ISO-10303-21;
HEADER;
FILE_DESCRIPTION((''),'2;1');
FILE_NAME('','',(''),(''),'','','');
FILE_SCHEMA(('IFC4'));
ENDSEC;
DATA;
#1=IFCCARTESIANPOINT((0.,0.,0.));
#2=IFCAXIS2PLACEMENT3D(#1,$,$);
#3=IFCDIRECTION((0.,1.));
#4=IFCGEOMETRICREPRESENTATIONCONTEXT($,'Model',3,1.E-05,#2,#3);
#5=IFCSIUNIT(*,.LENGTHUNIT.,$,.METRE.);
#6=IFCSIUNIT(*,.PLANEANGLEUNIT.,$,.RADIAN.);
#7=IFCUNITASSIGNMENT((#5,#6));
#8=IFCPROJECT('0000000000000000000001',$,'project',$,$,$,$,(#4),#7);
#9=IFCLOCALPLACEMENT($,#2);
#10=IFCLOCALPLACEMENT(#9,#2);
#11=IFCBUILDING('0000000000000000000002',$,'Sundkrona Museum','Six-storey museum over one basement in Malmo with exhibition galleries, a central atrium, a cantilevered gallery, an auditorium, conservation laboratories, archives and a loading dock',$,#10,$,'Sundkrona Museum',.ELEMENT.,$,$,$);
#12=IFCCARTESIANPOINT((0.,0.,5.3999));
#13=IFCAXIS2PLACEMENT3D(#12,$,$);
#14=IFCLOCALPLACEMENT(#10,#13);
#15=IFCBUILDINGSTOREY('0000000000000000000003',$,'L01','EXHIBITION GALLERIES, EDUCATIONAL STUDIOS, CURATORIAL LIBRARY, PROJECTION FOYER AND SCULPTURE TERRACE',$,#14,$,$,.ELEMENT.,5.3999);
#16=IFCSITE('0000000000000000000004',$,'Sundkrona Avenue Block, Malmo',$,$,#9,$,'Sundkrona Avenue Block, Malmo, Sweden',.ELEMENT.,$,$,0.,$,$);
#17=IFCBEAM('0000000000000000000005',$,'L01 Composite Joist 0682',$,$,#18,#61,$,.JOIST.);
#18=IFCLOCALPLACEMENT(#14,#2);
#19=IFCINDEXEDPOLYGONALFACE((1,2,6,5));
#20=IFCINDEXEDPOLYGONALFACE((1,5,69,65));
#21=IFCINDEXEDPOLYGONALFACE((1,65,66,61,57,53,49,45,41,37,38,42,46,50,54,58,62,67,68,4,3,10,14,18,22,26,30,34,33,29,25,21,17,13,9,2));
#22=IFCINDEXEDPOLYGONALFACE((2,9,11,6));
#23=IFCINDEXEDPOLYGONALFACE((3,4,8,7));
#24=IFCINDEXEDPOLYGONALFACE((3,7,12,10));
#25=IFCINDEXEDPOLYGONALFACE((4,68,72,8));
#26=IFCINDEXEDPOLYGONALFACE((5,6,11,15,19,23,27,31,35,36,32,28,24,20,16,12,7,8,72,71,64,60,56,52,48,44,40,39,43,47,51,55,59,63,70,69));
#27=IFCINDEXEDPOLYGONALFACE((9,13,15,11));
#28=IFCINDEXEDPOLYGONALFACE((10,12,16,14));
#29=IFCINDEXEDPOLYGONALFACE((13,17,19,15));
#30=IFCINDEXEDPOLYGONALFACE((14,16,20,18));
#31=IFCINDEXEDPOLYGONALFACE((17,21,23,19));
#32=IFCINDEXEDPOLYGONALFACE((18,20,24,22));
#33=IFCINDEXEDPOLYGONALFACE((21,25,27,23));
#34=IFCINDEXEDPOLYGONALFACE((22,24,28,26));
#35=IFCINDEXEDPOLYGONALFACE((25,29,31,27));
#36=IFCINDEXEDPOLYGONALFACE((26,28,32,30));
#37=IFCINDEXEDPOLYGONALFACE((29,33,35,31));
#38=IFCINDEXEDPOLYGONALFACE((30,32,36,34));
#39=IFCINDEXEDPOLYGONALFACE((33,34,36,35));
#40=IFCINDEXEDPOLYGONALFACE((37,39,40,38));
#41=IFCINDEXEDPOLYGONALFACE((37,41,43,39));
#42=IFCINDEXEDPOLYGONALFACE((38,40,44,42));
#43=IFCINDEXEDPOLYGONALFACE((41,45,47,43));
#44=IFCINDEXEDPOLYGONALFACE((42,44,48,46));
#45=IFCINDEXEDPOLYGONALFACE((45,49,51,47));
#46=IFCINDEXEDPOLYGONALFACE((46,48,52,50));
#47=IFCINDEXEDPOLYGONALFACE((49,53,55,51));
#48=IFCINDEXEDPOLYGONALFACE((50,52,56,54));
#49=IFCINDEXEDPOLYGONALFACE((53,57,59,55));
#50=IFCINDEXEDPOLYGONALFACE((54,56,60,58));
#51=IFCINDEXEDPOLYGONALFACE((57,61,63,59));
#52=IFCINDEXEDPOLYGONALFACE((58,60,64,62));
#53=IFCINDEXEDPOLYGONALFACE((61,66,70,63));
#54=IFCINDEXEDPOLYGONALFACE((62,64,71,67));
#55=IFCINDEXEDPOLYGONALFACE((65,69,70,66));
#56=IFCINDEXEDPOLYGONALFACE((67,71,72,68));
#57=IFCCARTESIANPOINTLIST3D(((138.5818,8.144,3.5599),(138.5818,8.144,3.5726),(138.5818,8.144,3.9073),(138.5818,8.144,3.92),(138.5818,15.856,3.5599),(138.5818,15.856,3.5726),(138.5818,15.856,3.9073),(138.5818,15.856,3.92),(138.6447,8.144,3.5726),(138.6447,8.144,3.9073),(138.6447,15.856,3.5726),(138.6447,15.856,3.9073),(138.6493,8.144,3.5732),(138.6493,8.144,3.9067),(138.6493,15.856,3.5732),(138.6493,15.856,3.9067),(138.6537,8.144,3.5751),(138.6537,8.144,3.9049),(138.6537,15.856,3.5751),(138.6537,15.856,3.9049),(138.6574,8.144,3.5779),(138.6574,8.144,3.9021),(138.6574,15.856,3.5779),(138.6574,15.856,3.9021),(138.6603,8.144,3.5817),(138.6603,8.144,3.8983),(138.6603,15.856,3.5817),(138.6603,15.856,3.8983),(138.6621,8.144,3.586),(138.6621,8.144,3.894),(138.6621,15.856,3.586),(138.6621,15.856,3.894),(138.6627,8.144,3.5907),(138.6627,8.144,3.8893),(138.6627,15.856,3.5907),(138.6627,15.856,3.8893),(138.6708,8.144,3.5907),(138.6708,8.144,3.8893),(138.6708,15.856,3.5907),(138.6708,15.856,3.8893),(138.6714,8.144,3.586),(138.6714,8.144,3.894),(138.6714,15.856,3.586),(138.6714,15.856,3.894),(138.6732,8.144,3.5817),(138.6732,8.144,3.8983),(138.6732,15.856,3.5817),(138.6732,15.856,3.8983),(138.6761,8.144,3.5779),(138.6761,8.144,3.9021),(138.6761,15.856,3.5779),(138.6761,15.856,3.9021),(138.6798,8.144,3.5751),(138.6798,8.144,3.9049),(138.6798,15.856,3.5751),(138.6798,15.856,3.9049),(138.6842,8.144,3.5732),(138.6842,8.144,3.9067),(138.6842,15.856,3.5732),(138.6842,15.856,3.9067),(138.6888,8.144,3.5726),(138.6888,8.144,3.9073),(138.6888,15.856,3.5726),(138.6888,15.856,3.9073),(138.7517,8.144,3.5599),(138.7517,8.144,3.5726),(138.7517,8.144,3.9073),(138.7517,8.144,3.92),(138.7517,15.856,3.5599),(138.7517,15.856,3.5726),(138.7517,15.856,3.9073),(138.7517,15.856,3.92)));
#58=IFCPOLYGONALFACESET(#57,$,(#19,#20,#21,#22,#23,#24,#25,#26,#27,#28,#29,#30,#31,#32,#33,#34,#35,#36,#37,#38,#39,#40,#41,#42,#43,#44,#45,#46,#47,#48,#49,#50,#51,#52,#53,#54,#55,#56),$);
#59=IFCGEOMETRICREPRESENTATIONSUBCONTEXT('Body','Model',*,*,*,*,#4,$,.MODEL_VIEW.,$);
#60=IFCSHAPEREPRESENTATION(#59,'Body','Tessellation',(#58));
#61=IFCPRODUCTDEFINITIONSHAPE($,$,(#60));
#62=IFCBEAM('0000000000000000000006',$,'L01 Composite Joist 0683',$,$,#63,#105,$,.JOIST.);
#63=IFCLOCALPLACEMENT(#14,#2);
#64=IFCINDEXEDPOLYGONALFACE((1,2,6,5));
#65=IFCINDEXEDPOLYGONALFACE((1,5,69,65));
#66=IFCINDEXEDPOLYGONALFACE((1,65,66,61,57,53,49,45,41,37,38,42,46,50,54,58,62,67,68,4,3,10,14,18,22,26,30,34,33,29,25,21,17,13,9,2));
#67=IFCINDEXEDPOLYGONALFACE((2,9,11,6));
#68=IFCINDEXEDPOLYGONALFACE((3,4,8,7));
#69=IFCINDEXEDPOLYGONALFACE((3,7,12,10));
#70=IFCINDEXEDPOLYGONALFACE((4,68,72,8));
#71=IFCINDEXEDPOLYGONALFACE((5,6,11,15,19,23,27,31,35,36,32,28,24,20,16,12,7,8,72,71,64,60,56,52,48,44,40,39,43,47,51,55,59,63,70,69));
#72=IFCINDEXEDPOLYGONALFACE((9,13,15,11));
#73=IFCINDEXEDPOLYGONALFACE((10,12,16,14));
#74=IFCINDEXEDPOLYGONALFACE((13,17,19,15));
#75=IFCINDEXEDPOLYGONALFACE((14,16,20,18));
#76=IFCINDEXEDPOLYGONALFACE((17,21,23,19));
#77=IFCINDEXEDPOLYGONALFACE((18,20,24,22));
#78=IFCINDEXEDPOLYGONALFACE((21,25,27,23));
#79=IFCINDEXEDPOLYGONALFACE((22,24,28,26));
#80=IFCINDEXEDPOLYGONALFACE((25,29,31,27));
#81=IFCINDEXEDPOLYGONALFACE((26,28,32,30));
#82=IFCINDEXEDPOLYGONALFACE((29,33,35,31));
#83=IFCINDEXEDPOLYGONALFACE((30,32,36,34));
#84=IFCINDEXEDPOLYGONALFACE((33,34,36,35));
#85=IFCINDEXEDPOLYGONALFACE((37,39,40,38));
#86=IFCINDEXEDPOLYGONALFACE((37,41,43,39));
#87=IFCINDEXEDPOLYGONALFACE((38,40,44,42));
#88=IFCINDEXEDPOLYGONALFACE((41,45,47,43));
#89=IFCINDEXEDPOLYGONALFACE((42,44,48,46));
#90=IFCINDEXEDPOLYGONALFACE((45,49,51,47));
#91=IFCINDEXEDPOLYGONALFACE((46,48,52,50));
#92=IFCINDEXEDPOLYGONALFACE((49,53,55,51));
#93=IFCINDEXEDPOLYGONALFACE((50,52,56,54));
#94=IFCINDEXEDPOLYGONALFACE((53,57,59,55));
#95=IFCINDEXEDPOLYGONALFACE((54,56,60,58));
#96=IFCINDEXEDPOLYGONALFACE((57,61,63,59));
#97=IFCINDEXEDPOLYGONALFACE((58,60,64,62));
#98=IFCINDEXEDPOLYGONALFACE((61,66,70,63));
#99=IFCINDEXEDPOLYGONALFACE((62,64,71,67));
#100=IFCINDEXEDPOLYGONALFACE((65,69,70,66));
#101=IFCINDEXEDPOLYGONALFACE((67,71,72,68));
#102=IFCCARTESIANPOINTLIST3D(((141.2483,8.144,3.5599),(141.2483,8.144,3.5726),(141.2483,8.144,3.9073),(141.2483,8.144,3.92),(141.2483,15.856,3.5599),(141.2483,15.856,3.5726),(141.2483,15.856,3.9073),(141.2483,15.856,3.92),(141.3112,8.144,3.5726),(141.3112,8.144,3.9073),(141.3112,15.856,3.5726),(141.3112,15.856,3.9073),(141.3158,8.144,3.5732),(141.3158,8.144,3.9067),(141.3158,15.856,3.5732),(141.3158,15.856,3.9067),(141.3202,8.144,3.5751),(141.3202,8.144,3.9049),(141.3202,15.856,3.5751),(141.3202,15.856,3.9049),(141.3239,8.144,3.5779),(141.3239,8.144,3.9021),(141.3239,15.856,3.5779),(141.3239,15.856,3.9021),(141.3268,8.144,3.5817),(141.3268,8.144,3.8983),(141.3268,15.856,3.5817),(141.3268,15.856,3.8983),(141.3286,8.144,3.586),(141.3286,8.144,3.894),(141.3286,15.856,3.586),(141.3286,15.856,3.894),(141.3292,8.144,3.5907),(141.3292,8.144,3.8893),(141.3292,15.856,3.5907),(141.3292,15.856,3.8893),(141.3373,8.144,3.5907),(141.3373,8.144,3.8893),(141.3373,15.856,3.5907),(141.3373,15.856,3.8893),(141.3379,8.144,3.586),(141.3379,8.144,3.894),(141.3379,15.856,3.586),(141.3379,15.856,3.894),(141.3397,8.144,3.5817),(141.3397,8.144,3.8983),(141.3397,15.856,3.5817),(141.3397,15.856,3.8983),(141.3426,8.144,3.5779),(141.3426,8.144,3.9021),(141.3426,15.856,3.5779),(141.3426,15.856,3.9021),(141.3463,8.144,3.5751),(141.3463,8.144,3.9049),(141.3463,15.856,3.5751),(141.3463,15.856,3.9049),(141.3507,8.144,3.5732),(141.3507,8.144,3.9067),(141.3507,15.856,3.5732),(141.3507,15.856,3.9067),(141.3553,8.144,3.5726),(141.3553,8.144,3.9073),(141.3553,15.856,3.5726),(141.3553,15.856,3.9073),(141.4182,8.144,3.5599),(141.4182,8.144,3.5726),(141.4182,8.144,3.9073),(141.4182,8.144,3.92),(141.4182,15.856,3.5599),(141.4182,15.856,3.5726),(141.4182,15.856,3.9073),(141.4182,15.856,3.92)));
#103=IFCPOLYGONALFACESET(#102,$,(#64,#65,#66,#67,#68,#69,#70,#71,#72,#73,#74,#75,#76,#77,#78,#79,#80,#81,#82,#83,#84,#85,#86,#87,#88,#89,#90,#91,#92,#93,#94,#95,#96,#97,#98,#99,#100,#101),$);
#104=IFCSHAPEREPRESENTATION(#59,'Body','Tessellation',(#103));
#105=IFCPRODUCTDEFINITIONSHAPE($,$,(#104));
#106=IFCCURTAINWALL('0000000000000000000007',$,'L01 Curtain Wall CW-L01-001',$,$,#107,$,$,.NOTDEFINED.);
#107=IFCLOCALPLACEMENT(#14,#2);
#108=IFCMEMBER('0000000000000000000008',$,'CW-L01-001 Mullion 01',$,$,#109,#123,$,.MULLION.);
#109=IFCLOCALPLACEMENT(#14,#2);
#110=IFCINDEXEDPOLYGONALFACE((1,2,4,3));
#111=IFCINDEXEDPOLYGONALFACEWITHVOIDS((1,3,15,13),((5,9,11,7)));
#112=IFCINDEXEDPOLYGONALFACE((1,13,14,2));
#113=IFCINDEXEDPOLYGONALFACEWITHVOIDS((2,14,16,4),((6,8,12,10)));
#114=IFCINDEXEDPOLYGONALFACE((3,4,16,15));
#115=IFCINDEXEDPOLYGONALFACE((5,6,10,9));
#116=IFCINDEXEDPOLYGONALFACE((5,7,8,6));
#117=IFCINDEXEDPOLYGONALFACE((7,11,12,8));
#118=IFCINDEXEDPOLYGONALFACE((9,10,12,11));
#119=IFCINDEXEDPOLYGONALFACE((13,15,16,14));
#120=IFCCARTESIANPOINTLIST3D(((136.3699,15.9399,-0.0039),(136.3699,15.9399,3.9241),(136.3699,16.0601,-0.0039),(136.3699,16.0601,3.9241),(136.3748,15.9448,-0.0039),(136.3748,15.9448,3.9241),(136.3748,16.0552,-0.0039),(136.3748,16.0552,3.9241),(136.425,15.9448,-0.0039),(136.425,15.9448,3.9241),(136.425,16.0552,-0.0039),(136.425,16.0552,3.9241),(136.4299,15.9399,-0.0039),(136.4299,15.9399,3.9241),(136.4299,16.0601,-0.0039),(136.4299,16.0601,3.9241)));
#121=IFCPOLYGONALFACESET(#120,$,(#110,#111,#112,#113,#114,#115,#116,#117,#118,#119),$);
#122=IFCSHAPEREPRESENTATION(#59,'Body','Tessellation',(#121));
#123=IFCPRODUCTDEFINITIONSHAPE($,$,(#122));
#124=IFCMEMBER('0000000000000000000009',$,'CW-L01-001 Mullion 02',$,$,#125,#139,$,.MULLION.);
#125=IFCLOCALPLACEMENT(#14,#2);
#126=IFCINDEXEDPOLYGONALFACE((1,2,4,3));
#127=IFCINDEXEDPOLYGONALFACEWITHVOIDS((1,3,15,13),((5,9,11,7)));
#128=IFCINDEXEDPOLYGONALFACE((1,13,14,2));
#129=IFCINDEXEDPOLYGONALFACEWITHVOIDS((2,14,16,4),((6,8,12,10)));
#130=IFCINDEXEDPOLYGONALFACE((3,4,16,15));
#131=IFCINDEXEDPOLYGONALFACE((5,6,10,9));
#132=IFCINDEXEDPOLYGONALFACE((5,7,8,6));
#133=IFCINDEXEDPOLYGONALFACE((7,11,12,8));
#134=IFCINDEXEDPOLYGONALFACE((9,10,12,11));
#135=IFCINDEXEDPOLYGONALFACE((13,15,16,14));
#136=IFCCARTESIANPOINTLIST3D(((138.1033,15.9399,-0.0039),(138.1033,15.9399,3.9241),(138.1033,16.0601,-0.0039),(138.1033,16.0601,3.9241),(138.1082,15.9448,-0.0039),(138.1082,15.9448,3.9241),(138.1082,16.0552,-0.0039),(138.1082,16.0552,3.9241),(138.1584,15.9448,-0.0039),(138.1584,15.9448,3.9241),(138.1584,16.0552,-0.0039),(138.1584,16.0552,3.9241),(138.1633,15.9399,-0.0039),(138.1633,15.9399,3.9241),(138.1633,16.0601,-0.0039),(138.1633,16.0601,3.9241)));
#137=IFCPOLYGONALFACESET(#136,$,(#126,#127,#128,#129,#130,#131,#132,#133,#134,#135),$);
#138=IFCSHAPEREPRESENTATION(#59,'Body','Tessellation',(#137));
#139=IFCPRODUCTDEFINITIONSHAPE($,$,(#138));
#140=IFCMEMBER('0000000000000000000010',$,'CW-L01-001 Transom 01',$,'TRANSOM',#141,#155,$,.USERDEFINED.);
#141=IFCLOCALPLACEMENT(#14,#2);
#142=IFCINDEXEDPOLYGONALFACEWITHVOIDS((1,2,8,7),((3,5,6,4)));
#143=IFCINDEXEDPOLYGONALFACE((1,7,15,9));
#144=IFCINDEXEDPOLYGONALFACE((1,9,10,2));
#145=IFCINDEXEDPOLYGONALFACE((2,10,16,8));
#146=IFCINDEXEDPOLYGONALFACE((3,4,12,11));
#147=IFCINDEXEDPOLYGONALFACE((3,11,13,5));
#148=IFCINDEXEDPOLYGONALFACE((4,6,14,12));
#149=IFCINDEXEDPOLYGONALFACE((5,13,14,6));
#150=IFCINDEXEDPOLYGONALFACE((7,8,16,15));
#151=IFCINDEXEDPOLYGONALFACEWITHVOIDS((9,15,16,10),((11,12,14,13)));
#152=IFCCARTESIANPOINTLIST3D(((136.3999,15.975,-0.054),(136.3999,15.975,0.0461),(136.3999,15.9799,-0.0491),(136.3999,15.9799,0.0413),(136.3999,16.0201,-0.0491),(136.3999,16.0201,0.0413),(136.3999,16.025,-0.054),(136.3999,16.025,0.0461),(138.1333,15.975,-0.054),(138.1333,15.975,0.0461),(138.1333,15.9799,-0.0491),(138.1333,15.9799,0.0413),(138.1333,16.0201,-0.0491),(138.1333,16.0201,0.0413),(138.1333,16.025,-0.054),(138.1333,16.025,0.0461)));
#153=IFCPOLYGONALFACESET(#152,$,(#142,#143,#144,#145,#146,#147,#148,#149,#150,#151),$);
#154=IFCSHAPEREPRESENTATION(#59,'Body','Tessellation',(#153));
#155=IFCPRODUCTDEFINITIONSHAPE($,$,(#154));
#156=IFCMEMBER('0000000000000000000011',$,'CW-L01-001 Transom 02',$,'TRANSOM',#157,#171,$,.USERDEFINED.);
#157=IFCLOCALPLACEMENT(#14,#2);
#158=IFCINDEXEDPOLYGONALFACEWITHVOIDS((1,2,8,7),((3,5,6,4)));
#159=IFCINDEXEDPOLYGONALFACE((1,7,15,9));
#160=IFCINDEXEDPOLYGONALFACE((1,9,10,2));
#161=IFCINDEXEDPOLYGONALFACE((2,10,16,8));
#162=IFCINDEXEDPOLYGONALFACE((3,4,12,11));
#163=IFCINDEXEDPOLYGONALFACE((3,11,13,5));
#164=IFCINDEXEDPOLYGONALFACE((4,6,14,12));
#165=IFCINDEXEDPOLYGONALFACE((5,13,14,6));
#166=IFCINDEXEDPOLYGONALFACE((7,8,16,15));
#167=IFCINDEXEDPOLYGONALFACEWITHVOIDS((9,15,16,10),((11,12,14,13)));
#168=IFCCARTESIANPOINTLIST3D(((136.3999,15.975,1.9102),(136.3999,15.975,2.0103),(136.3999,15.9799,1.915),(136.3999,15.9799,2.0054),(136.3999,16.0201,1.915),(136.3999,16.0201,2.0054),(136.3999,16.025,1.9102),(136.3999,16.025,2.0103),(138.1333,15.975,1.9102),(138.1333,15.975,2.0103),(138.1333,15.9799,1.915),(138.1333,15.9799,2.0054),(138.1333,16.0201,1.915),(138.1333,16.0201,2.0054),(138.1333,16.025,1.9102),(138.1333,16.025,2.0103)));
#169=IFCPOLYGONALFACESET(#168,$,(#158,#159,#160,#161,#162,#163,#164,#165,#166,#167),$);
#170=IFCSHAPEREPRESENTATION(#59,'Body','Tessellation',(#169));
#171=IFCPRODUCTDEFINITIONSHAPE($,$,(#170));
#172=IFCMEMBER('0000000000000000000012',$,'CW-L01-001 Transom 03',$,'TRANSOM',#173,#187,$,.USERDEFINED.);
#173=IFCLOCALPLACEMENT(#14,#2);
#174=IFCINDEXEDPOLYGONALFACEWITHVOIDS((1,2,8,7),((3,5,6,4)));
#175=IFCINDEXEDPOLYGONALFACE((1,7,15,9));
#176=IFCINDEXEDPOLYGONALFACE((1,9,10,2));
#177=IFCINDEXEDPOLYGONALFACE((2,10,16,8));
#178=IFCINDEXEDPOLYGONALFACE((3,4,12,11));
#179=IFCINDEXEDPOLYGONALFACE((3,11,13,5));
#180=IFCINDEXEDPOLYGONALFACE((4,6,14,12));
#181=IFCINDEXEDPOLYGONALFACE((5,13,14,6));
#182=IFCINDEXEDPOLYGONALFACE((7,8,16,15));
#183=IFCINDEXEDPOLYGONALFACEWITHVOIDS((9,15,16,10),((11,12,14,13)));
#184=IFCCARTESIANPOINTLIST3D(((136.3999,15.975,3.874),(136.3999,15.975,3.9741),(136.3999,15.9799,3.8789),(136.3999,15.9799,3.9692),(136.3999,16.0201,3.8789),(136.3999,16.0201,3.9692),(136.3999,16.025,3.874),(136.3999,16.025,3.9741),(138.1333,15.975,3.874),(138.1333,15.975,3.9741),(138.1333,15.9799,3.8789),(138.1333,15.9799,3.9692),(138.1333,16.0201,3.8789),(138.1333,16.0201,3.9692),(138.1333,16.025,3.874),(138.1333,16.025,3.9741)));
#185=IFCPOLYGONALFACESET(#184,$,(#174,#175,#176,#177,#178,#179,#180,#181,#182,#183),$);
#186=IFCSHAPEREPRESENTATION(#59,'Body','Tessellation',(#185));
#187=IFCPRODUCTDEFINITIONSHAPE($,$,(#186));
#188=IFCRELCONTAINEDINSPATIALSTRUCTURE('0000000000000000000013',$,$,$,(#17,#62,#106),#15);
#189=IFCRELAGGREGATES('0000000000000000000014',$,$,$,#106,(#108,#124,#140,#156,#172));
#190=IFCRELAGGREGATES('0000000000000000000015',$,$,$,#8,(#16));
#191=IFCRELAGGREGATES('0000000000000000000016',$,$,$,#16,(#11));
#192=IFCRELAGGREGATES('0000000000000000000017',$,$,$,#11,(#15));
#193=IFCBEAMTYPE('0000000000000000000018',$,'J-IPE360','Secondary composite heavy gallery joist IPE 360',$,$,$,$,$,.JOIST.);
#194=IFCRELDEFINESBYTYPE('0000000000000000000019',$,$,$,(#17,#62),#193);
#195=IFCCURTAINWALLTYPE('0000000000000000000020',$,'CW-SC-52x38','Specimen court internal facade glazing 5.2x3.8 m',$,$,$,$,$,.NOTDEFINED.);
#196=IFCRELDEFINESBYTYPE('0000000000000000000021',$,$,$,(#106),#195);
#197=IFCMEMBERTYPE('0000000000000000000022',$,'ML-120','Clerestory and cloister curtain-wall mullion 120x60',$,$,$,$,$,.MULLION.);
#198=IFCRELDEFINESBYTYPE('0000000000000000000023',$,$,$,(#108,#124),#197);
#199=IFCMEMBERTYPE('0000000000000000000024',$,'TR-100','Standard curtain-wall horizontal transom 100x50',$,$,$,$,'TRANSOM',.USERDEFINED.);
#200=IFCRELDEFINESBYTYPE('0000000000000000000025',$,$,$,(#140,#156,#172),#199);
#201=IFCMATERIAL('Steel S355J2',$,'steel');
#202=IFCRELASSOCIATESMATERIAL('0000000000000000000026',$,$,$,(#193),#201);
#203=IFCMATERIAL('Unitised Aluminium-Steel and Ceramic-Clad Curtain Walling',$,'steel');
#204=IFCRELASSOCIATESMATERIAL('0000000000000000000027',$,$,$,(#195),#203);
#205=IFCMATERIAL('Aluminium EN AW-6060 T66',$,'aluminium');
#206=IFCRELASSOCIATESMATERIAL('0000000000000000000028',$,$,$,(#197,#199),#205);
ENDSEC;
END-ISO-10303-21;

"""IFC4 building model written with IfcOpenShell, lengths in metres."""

from ifc_helpers import new_model, si_unit, direction, frame, origin, origin_2d, place, context, subcontext, project, spatial, hollow_rectangle, i_section, extrude, material, material_profile, profile_set, type_object, element, aggregate, save


model = new_model("IFC4")

# Units and contexts
model_context = context("Model", 3, precision=1e-05, world=origin(), true_north=direction((0.0, 1.0)))
body_context = subcontext(model_context, "Body", "Model", "MODEL_VIEW")
ifc_project = project(units=[si_unit("LENGTHUNIT", "METRE"), si_unit("PLANEANGLEUNIT", "RADIAN")], contexts=[model_context])

# Site, building, storey
site_placement = place(None, origin())
site = spatial("IfcSite", under=ifc_project, at=site_placement, Name="Sundkrona Avenue Block, Malmo", LongName="Sundkrona Avenue Block, Malmo, Sweden", CompositionType="ELEMENT", RefElevation=0.0)
building_placement = place(site_placement, origin())
building = spatial("IfcBuilding", under=site, at=building_placement, Name="Sundkrona Museum", Description="Six-storey museum over one basement in Malmo with exhibition galleries, a central atrium, a cantilevered gallery, an auditorium, conservation laboratories, archives and a loading dock", LongName="Sundkrona Museum", CompositionType="ELEMENT")
storey_placement = place(building_placement, frame((0.0, 0.0, 5.3999)))
storey = spatial("IfcBuildingStorey", under=building, at=storey_placement, Name="L01", Description="EXHIBITION GALLERIES, EDUCATIONAL STUDIOS, CURATORIAL LIBRARY, PROJECTION FOYER AND SCULPTURE TERRACE", CompositionType="ELEMENT", Elevation=5.3999)

# Shared definitions
ifc_material_1 = material(Name="Steel S355J2", Category="steel")

# Beams
ifc_material_profile_1 = material_profile(ifc_material_1, i_section(OverallWidth=0.1699, OverallDepth=0.3601, WebThickness=0.0081, FlangeThickness=0.0127, FilletRadius=0.0181, at=origin_2d()), Name="IPE 360")
ifc_profile_set_1 = profile_set([ifc_material_profile_1], Name="Steel S355J2")
beam_type_1 = type_object("IfcBeamType", Name="J-IPE360", Description="Secondary composite heavy gallery joist IPE 360", PredefinedType="JOIST", material=ifc_profile_set_1)
for number, where, z_axis, x_axis, name in (
    (1, (138.6667, 8.144, 3.74), (0.0, 1.0, 0.0), (-1.0, 0.0, 0.0), "L01 Composite Joist 0682"),
    (2, (141.3333, 8.144, 3.74), (0.0, 1.0, 0.0), (-1.0, 0.0, 0.0), "L01 Composite Joist 0683"),
):
    element("IfcBeam", number, at=place(storey_placement, frame(where, z_axis=z_axis, x_axis=x_axis)), inside=storey, type_object=beam_type_1, Name=name, PredefinedType="JOIST", context=body_context, shape_type="SweptSolid", body=[
        extrude(i_section(OverallWidth=0.1699, OverallDepth=0.3601, WebThickness=0.0081, FlangeThickness=0.0127, FilletRadius=0.0181, at=origin_2d()), origin(), (0.0, 0.0, 1.0), 7.7119),
    ])

# Curtain wall, members
ifc_material_2 = material(Name="Unitised Aluminium-Steel and Ceramic-Clad Curtain Walling", Category="steel")
curtain_wall_type = type_object("IfcCurtainWallType", Name="CW-SC-52x38", Description="Specimen court internal facade glazing 5.2x3.8 m", PredefinedType="NOTDEFINED", material=ifc_material_2)
curtain_wall_placement = place(storey_placement, origin())
curtain_wall = element("IfcCurtainWall", 3, at=curtain_wall_placement, inside=storey, type_object=curtain_wall_type, Name="L01 Curtain Wall CW-L01-001", PredefinedType="NOTDEFINED")
ifc_material_3 = material(Name="Aluminium EN AW-6060 T66", Category="aluminium")
ifc_material_profile_2 = material_profile(ifc_material_3, hollow_rectangle(XDim=0.0601, YDim=0.1201, WallThickness=0.0049, at=origin_2d()), Name="RHS 120x60x5.0")
ifc_profile_set_2 = profile_set([ifc_material_profile_2], Name="Aluminium EN AW-6060 T66")
member_type_1 = type_object("IfcMemberType", Name="ML-120", Description="Clerestory and cloister curtain-wall mullion 120x60", PredefinedType="MULLION", material=ifc_profile_set_2)
member_1_placement = place(storey_placement, frame((136.3999, 16.0, -0.0039), z_axis=(0.0, 0.0, 1.0), x_axis=(1.0, 0.0, 0.0)))
member_1 = element("IfcMember", 4, at=member_1_placement, type_object=member_type_1, Name="CW-L01-001 Mullion 01", PredefinedType="MULLION", context=body_context, shape_type="SweptSolid", body=[
    extrude(hollow_rectangle(XDim=0.0601, YDim=0.1201, WallThickness=0.0049, at=origin_2d()), origin(), (0.0, 0.0, 1.0), 3.928),
])
member_2_placement = place(storey_placement, frame((138.1333, 16.0, -0.0039), z_axis=(0.0, 0.0, 1.0), x_axis=(1.0, 0.0, 0.0)))
member_2 = element("IfcMember", 5, at=member_2_placement, type_object=member_type_1, Name="CW-L01-001 Mullion 02", PredefinedType="MULLION", context=body_context, shape_type="SweptSolid", body=[
    extrude(hollow_rectangle(XDim=0.0601, YDim=0.1201, WallThickness=0.0049, at=origin_2d()), origin(), (0.0, 0.0, 1.0), 3.928),
])
ifc_material_profile_3 = material_profile(ifc_material_3, hollow_rectangle(XDim=0.05, YDim=0.1001, WallThickness=0.0049, at=origin_2d()), Name="RHS 100x50x5.0")
ifc_profile_set_3 = profile_set([ifc_material_profile_3], Name="Aluminium EN AW-6060 T66")
member_type_2 = type_object("IfcMemberType", Name="TR-100", Description="Standard curtain-wall horizontal transom 100x50", ElementType="TRANSOM", PredefinedType="USERDEFINED", material=ifc_profile_set_3)
member_3_placement = place(storey_placement, frame((136.3999, 16.0, -0.0039), z_axis=(1.0, 0.0, 0.0), x_axis=(0.0, 1.0, 0.0)))
member_3 = element("IfcMember", 6, at=member_3_placement, type_object=member_type_2, Name="CW-L01-001 Transom 01", ObjectType="TRANSOM", PredefinedType="USERDEFINED", context=body_context, shape_type="SweptSolid", body=[
    extrude(hollow_rectangle(XDim=0.05, YDim=0.1001, WallThickness=0.0049, at=origin_2d()), origin(), (0.0, 0.0, 1.0), 1.7334),
])
member_4_placement = place(storey_placement, frame((136.3999, 16.0, 1.9602), z_axis=(1.0, 0.0, 0.0), x_axis=(0.0, 1.0, 0.0)))
member_4 = element("IfcMember", 7, at=member_4_placement, type_object=member_type_2, Name="CW-L01-001 Transom 02", ObjectType="TRANSOM", PredefinedType="USERDEFINED", context=body_context, shape_type="SweptSolid", body=[
    extrude(hollow_rectangle(XDim=0.05, YDim=0.1001, WallThickness=0.0049, at=origin_2d()), origin(), (0.0, 0.0, 1.0), 1.7334),
])
member_5_placement = place(storey_placement, frame((136.3999, 16.0, 3.9241), z_axis=(1.0, 0.0, 0.0), x_axis=(0.0, 1.0, 0.0)))
member_5 = element("IfcMember", 8, at=member_5_placement, type_object=member_type_2, Name="CW-L01-001 Transom 03", ObjectType="TRANSOM", PredefinedType="USERDEFINED", context=body_context, shape_type="SweptSolid", body=[
    extrude(hollow_rectangle(XDim=0.05, YDim=0.1001, WallThickness=0.0049, at=origin_2d()), origin(), (0.0, 0.0, 1.0), 1.7334),
])
aggregate(curtain_wall, [member_1, member_2, member_3, member_4, member_5])

save(model, "model.ifc")
